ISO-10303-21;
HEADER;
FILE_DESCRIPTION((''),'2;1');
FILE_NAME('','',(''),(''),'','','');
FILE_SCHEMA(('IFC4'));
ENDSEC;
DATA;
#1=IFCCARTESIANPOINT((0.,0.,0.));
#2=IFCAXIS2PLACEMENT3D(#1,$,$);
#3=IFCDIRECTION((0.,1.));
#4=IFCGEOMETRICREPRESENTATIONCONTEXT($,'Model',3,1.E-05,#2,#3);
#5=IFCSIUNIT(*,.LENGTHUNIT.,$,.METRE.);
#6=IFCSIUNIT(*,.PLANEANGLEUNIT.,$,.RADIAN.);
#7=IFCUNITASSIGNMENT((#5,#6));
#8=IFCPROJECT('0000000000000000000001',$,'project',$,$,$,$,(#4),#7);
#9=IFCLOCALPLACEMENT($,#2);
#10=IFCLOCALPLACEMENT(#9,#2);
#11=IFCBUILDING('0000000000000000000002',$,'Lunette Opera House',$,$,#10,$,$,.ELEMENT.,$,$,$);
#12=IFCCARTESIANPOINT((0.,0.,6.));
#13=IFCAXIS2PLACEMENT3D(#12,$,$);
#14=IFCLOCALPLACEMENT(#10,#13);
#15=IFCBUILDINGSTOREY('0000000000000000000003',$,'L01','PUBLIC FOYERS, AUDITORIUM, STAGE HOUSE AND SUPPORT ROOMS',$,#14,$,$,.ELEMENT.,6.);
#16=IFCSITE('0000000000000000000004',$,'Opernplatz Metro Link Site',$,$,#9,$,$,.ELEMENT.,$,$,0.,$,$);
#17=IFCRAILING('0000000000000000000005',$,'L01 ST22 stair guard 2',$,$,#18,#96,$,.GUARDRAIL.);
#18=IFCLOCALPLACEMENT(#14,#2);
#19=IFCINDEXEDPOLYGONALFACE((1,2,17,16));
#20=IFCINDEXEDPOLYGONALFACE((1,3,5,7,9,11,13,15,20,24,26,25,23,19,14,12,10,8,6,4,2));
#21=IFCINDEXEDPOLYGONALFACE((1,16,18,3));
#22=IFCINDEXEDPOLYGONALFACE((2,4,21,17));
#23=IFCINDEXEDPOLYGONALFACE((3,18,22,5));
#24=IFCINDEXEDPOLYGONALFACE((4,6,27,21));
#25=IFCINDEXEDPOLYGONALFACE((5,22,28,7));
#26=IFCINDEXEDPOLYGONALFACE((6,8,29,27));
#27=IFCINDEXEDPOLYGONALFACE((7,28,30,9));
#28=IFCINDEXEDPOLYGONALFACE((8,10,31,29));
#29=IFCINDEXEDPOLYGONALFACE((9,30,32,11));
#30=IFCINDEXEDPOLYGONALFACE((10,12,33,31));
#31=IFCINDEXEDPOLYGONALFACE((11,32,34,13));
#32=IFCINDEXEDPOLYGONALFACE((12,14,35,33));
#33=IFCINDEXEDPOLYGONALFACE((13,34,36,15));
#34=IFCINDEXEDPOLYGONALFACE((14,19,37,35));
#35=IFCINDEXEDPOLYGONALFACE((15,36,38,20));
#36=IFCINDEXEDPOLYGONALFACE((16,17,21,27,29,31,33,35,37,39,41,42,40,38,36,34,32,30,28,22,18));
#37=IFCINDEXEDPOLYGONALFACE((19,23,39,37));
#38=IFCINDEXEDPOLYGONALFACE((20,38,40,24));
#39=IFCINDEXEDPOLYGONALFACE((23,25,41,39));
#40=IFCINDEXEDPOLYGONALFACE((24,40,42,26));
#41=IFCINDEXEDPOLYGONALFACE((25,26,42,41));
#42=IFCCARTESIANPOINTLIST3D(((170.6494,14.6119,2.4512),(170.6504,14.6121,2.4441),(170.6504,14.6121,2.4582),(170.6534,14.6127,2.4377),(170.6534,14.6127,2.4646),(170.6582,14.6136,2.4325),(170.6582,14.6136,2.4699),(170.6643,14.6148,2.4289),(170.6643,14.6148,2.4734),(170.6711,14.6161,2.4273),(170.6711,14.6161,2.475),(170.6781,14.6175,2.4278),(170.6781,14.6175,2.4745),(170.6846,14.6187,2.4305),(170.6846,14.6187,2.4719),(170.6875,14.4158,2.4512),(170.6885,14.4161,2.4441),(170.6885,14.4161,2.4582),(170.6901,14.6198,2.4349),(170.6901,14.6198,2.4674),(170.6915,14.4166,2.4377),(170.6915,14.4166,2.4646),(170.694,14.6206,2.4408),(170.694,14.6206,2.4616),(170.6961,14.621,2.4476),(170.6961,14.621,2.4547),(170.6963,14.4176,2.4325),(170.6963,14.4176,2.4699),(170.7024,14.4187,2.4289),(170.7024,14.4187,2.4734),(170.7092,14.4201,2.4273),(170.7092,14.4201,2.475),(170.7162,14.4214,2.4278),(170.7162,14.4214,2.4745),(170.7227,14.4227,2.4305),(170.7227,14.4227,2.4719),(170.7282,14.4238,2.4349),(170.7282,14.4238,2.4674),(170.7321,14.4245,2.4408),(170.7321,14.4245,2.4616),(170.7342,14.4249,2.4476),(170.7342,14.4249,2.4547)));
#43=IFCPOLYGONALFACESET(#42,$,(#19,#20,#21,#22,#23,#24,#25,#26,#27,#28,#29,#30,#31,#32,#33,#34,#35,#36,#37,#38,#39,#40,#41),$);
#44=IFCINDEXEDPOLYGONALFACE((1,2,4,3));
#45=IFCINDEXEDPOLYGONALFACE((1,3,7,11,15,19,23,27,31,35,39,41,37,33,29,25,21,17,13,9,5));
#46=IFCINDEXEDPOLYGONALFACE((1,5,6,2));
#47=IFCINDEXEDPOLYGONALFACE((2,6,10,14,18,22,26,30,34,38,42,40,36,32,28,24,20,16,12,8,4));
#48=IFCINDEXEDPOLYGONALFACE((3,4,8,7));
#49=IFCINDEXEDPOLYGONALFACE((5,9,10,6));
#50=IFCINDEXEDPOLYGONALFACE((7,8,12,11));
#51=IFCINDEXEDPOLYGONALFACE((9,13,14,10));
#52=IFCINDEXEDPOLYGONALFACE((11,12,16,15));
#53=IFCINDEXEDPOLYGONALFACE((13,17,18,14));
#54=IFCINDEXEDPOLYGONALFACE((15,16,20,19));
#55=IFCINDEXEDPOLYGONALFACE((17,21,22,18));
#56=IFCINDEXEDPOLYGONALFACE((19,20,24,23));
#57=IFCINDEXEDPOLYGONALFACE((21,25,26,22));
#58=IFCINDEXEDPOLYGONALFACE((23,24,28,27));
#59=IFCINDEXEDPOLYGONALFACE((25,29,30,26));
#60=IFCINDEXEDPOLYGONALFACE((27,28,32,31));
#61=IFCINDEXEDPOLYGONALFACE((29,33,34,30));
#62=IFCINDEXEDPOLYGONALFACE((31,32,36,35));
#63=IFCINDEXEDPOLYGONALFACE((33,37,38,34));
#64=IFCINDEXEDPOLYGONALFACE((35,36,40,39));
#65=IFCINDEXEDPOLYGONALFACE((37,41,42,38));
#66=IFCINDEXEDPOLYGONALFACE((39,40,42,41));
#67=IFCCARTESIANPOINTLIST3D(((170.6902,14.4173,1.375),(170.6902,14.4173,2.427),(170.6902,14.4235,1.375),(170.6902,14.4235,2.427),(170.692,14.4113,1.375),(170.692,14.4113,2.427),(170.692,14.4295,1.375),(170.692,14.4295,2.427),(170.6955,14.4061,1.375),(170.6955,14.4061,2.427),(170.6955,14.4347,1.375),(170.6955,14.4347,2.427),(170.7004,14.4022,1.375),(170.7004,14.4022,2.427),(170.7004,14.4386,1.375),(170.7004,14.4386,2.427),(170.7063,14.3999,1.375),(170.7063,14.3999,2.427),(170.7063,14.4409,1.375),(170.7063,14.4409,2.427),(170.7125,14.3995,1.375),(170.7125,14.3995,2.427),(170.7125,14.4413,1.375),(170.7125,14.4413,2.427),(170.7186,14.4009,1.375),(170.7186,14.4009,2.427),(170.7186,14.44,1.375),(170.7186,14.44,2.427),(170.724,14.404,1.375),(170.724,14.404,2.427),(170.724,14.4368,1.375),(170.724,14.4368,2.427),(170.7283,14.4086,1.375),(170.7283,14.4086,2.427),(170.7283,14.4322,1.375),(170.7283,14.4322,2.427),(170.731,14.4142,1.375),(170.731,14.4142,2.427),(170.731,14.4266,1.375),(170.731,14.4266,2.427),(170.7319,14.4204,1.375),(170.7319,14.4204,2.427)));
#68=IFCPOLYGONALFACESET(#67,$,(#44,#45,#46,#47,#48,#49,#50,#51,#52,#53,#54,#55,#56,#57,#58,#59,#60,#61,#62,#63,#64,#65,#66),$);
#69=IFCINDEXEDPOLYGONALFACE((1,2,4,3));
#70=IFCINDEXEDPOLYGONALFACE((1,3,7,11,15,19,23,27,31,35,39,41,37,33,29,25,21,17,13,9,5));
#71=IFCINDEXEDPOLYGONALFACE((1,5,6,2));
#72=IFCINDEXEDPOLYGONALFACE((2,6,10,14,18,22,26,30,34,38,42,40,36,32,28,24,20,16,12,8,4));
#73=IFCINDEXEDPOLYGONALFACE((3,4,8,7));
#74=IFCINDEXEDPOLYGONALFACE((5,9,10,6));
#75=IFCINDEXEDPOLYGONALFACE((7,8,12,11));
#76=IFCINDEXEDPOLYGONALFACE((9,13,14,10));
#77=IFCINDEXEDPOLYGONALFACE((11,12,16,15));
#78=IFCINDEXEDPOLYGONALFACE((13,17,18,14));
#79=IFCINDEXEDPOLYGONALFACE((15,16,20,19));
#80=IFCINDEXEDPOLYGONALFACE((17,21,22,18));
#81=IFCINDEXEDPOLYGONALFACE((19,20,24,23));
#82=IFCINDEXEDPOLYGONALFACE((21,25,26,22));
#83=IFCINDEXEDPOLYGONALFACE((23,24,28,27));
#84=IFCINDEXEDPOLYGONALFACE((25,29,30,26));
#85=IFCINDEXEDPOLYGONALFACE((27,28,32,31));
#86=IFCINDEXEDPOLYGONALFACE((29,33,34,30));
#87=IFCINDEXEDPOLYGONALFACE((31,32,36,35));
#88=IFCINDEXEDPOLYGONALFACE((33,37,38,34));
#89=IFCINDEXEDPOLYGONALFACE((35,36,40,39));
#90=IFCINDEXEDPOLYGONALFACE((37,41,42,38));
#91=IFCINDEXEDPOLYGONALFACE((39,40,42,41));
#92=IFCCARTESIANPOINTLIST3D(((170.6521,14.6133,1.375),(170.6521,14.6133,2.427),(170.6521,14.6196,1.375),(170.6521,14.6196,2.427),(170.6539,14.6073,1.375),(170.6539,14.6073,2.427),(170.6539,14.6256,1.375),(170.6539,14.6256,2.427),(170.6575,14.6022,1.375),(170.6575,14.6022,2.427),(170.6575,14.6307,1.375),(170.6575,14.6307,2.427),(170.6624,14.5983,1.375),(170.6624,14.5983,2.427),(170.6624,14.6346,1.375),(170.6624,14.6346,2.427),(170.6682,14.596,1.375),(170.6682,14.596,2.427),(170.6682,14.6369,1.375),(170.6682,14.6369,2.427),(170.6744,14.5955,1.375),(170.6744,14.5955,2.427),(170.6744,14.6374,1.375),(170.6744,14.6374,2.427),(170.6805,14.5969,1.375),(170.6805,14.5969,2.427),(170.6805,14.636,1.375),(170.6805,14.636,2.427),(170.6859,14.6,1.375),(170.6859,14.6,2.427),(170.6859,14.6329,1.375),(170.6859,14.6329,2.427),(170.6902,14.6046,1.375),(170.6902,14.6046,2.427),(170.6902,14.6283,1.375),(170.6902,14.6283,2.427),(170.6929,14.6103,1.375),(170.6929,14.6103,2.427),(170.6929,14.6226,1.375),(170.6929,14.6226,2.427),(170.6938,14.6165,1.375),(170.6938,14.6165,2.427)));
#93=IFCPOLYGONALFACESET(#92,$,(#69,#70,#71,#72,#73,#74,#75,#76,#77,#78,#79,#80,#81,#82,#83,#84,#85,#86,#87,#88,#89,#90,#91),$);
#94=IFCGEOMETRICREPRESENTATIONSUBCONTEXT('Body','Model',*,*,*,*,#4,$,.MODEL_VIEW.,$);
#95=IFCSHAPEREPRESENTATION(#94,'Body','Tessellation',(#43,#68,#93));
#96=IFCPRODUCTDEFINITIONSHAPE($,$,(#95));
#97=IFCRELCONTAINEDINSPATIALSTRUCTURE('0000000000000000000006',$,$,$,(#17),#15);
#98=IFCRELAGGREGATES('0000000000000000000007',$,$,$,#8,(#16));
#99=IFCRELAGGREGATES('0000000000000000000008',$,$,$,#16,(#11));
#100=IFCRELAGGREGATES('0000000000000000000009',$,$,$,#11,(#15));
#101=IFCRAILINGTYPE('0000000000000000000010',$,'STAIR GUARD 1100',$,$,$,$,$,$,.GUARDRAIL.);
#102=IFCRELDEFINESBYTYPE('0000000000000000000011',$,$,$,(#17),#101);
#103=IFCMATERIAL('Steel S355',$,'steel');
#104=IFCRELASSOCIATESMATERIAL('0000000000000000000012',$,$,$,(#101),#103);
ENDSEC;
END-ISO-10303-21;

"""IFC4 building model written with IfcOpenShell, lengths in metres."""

from ifc_helpers import new_model, si_unit, direction, frame, origin, origin_2d, place, context, subcontext, project, spatial, circle, extrude, material, type_object, element, save


model = new_model("IFC4")

# Units and contexts
model_context = context("Model", 3, precision=1e-05, world=origin(), true_north=direction((0.0, 1.0)))
body_context = subcontext(model_context, "Body", "Model", "MODEL_VIEW")
ifc_project = project(units=[si_unit("LENGTHUNIT", "METRE"), si_unit("PLANEANGLEUNIT", "RADIAN")], contexts=[model_context])

# Site, building, storey
site_placement = place(None, origin())
site = spatial("IfcSite", under=ifc_project, at=site_placement, Name="Opernplatz Metro Link Site", CompositionType="ELEMENT", RefElevation=0.0)
building_placement = place(site_placement, origin())
building = spatial("IfcBuilding", under=site, at=building_placement, Name="Lunette Opera House", CompositionType="ELEMENT")
storey_placement = place(building_placement, frame((0.0, 0.0, 6.0)))
storey = spatial("IfcBuildingStorey", under=building, at=storey_placement, Name="L01", Description="PUBLIC FOYERS, AUDITORIUM, STAGE HOUSE AND SUPPORT ROOMS", CompositionType="ELEMENT", Elevation=6.0)

# Railing
ifc_material_1 = material(Name="Steel S355", Category="steel")
railing_type_1 = type_object("IfcRailingType", Name="STAIR GUARD 1100", PredefinedType="GUARDRAIL", material=ifc_material_1)
railing_1_placement = place(storey_placement, frame((170.7109, 14.4204, 1.375)))
element("IfcRailing", 1, at=railing_1_placement, inside=storey, type_object=railing_type_1, Name="L01 ST22 stair guard 2", PredefinedType="GUARDRAIL", context=body_context, shape_type="SweptSolid", body=[
    extrude(circle(Radius=0.0239, at=origin_2d()), frame((0.0, 0.0, 1.0762), z_axis=(-0.190706, 0.981647, 0.0), x_axis=(-0.981647, -0.190706, 0.0)), (0.0, 0.0, 1.0), 0.1997),
    extrude(circle(Radius=0.021, at=origin_2d()), origin(), (0.0, 0.0, 1.0), 1.052),
    extrude(circle(Radius=0.021, at=origin_2d()), frame((-0.0381, 0.196, 0.0)), (0.0, 0.0, 1.0), 1.052),
])

save(model, "model.ifc")
